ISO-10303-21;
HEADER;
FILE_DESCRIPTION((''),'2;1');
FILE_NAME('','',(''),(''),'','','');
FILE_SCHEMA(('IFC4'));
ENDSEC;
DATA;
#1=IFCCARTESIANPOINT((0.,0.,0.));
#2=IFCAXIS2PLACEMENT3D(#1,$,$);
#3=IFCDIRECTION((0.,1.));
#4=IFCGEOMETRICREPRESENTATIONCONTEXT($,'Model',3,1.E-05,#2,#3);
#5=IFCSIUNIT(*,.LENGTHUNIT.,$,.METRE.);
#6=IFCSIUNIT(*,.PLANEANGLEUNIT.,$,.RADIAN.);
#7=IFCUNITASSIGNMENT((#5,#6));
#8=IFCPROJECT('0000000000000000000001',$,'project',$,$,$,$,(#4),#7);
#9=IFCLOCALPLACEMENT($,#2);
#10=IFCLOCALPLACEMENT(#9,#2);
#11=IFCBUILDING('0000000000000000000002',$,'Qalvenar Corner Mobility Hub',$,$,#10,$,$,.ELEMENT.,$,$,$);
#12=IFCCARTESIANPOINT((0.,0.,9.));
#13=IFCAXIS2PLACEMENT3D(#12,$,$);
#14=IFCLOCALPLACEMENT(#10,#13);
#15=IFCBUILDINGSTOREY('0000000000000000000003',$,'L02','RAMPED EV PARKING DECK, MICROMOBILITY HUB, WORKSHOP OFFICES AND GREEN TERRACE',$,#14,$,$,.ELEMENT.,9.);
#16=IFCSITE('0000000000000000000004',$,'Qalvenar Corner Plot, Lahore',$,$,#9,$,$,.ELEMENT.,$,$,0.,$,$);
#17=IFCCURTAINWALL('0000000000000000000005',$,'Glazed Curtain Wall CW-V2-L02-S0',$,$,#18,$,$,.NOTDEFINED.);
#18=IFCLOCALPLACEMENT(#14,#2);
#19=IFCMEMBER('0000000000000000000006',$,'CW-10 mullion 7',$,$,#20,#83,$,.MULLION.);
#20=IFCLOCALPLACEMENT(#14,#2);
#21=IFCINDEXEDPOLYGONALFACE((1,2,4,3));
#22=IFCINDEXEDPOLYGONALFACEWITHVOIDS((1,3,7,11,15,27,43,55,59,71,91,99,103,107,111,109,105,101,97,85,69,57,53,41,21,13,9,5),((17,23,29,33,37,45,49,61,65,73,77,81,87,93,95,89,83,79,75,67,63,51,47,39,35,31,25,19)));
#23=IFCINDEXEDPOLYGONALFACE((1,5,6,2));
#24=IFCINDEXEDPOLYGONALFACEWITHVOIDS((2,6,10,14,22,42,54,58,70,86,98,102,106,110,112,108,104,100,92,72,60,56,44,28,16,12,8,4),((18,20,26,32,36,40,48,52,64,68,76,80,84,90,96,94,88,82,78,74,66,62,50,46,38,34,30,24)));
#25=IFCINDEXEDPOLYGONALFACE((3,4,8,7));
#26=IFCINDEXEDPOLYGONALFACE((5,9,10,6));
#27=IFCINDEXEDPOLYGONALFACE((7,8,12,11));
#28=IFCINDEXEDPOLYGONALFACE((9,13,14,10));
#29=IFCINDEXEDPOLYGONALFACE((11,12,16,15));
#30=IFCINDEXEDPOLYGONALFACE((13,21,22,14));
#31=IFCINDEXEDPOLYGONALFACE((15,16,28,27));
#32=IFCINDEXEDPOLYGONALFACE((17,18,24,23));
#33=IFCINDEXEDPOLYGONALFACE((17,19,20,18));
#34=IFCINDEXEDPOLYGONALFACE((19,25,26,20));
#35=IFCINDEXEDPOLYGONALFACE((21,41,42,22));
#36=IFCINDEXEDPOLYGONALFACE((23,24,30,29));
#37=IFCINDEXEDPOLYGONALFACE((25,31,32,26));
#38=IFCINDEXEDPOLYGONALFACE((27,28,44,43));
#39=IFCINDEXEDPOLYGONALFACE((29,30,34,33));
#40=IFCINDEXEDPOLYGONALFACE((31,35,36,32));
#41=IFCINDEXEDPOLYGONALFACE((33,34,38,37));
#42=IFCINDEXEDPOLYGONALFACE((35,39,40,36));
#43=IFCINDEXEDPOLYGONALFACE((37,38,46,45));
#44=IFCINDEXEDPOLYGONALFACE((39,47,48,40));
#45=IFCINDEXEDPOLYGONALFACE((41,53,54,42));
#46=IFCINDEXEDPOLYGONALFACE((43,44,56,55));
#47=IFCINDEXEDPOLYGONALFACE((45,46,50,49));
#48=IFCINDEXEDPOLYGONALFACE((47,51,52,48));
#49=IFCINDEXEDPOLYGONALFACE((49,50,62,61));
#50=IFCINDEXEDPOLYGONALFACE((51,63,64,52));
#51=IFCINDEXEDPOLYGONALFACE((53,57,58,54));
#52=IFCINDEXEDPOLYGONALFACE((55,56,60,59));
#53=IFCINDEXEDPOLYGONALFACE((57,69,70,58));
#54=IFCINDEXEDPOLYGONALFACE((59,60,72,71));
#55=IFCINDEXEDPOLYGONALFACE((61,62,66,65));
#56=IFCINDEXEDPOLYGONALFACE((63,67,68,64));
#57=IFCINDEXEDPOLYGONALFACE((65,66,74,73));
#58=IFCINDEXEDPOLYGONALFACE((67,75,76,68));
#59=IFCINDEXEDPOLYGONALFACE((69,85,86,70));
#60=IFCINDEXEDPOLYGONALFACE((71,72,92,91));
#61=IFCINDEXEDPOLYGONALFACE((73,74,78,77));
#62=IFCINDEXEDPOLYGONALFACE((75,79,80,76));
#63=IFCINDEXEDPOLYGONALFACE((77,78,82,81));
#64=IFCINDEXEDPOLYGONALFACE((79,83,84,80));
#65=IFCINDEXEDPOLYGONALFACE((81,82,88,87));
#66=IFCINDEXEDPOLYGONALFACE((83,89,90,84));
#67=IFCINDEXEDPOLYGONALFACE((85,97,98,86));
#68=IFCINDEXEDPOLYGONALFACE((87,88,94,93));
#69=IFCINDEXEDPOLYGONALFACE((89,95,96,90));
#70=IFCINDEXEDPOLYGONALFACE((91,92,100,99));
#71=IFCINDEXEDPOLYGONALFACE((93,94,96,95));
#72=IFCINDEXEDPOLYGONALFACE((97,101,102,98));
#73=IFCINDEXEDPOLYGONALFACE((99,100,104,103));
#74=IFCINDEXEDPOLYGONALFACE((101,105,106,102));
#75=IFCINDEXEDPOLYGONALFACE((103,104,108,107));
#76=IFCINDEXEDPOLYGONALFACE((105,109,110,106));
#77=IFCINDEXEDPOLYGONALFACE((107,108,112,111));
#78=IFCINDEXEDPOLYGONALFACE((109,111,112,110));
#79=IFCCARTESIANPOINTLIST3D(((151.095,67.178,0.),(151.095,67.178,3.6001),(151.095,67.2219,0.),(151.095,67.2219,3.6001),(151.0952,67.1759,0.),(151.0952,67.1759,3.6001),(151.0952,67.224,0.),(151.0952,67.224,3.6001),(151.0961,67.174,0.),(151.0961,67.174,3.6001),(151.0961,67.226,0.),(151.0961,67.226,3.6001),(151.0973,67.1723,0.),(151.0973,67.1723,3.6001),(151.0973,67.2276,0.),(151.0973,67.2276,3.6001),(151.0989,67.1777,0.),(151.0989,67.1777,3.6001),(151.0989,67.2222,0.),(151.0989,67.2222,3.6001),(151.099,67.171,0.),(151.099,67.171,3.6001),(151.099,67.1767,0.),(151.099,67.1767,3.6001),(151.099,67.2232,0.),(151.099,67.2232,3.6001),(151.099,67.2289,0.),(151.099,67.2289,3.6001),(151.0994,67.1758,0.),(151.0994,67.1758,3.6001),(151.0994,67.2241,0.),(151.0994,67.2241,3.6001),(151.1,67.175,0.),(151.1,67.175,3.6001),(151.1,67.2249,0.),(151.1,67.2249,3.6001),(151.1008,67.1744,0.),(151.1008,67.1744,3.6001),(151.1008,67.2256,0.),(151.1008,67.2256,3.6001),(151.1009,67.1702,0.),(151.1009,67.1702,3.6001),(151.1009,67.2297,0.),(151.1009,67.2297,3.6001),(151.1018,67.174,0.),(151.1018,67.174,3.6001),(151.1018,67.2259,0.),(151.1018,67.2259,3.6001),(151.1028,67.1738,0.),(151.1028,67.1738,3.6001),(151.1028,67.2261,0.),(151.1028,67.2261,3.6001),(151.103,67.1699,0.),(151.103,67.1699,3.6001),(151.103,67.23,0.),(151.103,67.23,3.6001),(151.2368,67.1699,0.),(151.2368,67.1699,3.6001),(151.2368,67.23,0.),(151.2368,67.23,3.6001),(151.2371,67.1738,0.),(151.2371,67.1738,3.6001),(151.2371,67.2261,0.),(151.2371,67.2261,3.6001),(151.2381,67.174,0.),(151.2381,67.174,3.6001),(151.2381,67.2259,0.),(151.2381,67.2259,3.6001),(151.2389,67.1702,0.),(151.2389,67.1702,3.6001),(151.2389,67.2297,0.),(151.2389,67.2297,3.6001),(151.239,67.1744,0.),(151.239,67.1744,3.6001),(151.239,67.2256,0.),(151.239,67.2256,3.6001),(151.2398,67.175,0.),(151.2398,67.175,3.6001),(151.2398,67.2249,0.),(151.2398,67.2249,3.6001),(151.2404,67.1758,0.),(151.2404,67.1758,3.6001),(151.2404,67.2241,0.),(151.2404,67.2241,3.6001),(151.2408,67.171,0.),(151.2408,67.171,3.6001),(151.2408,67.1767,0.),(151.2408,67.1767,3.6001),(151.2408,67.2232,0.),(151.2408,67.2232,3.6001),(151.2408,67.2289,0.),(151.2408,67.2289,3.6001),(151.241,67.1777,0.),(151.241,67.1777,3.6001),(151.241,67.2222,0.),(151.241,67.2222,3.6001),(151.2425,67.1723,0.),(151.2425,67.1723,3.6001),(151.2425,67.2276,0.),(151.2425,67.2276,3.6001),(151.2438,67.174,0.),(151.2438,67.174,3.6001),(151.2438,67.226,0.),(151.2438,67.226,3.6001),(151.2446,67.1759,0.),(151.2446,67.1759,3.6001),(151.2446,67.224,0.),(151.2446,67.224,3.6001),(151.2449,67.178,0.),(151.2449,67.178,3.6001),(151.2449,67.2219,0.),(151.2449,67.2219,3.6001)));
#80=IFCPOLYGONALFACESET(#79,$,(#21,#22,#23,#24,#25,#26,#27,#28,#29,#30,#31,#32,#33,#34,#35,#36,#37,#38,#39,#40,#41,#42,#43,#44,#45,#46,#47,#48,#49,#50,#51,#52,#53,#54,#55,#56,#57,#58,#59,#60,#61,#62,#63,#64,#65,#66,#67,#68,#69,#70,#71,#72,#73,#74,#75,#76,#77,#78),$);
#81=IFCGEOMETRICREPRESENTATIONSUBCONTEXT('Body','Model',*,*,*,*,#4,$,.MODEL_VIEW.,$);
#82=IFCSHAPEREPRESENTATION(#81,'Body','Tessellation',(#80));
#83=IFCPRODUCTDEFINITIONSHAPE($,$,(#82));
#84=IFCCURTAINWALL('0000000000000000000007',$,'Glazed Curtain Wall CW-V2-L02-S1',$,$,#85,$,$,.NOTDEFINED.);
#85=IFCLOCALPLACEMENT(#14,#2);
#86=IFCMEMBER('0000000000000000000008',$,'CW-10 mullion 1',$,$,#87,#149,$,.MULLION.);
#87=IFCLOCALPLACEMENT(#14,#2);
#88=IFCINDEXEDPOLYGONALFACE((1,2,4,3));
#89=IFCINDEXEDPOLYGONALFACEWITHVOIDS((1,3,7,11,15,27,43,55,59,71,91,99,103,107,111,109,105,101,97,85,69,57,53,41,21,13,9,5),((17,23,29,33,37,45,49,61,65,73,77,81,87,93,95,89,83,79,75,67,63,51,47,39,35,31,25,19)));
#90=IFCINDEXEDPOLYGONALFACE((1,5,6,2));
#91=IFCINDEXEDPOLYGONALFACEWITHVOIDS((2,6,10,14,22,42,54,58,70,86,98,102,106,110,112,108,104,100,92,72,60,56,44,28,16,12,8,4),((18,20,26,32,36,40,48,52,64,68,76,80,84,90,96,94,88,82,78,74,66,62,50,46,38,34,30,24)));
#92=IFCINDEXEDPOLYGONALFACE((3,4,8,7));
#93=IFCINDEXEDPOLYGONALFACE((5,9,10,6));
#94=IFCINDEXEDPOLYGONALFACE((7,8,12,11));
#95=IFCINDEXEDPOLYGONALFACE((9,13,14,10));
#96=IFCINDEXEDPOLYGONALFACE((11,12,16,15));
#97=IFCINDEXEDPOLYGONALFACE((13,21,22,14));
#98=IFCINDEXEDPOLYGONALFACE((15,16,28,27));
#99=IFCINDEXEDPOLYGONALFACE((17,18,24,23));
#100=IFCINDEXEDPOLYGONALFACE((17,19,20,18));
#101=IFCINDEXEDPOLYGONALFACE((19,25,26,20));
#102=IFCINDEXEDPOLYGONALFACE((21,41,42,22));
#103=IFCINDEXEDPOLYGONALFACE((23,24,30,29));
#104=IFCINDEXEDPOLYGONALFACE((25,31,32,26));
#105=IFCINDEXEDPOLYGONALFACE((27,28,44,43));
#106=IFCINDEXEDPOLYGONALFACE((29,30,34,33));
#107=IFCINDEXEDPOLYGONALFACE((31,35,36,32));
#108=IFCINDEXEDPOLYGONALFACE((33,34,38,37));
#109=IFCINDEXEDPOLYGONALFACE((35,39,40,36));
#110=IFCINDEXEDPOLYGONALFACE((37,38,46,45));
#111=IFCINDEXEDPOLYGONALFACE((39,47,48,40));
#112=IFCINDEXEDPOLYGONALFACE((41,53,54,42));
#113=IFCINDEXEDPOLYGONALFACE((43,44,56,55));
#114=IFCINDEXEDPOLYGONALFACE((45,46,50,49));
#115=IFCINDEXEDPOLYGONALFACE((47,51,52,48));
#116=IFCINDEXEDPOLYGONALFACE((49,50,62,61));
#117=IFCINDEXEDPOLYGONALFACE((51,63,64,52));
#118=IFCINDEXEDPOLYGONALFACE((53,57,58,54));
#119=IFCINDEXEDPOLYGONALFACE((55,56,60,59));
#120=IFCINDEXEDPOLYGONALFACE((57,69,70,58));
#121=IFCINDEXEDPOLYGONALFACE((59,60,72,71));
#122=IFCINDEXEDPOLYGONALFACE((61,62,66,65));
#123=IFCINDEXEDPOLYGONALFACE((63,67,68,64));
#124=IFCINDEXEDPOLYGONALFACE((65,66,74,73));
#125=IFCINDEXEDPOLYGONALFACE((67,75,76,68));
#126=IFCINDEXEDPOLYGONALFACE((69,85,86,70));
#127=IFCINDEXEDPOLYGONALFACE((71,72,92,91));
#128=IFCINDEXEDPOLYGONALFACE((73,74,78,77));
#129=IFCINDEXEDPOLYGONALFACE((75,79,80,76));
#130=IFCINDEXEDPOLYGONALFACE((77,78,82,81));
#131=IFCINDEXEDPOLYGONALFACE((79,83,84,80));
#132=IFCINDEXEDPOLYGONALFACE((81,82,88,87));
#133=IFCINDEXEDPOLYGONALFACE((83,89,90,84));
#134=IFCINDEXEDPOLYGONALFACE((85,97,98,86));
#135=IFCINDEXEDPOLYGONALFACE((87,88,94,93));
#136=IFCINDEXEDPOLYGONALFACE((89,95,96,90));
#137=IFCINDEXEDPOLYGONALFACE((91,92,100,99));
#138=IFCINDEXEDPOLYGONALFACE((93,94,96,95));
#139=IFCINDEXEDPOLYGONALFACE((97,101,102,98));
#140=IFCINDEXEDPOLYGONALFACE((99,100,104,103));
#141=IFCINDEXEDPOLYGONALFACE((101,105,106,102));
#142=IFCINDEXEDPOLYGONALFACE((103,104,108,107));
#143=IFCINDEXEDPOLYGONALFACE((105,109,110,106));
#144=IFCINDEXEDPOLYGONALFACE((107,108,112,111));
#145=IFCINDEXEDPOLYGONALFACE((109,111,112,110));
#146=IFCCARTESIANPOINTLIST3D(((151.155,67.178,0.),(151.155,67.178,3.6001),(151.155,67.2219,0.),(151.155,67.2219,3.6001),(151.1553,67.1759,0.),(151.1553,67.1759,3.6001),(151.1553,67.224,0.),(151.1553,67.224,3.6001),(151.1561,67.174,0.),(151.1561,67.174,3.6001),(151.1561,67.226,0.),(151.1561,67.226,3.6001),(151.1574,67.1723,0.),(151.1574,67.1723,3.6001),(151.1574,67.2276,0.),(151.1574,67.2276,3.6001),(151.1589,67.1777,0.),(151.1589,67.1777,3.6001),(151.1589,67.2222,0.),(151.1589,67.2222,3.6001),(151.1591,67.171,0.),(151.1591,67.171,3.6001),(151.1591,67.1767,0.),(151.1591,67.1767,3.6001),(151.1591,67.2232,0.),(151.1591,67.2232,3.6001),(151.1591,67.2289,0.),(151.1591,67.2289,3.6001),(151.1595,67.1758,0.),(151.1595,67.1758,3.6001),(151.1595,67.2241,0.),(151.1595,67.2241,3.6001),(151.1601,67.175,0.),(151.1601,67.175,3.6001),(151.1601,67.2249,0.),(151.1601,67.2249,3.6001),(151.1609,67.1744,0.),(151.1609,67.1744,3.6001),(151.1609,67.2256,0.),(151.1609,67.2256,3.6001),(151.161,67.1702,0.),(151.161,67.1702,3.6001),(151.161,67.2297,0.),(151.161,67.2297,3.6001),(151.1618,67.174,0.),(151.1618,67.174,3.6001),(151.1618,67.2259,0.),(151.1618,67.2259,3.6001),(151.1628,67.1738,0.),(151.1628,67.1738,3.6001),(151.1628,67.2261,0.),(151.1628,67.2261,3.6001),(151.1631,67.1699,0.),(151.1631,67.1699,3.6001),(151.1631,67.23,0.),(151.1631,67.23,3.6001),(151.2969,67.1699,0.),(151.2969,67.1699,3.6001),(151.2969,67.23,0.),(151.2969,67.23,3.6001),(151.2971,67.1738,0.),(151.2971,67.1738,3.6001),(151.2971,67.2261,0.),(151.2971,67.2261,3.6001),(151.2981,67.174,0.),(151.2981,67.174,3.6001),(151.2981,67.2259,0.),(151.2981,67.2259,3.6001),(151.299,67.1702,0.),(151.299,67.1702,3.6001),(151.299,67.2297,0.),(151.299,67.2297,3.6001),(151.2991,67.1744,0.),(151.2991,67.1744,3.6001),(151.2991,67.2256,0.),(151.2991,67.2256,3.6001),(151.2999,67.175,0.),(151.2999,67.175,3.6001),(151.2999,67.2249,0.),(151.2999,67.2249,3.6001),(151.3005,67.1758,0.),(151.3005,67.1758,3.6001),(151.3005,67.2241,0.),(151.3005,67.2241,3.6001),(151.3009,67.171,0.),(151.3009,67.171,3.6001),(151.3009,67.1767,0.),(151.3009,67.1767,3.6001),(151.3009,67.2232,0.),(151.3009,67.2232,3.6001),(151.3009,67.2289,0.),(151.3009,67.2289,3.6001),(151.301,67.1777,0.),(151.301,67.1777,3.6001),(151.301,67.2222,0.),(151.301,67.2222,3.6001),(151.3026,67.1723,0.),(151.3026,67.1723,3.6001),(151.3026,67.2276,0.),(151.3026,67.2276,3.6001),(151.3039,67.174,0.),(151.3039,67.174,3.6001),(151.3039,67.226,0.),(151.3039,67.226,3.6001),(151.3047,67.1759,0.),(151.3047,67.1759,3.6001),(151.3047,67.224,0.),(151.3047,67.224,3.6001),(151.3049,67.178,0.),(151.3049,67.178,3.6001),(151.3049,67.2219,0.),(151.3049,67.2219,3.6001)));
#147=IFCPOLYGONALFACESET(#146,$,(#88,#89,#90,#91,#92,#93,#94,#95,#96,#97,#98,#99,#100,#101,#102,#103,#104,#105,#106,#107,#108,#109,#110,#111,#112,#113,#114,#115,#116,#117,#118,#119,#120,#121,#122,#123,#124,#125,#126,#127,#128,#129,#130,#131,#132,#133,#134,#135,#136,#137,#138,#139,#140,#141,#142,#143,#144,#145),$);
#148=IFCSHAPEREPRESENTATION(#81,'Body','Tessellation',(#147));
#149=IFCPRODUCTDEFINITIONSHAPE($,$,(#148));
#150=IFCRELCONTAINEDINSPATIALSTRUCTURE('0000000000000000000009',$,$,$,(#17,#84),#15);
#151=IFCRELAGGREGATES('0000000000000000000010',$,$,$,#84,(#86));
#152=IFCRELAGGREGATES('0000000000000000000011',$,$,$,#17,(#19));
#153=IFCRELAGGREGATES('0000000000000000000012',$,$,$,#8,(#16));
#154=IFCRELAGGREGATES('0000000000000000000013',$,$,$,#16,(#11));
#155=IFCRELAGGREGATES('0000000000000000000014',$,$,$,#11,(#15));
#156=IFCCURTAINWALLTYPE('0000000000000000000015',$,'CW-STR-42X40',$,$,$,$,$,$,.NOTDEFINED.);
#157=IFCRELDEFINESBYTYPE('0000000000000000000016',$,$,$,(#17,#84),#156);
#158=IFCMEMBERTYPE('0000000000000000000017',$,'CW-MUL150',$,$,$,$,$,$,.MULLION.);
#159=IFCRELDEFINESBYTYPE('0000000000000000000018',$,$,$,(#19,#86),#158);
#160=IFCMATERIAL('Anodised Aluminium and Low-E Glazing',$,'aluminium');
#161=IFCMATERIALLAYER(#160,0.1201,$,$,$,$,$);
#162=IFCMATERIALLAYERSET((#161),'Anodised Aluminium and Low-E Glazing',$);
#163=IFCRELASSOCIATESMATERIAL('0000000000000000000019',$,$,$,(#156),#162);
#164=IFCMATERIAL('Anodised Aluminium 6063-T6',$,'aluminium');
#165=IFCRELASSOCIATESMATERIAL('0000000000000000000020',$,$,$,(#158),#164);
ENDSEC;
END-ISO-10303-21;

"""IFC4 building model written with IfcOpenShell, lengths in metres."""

from ifc_helpers import new_model, si_unit, direction, frame, origin, origin_2d, place, context, subcontext, project, spatial, hollow_rectangle, extrude, material, layer, layer_set, material_profile, profile_set, type_object, element, aggregate, save


model = new_model("IFC4")

# Units and contexts
model_context = context("Model", 3, precision=1e-05, world=origin(), true_north=direction((0.0, 1.0)))
body_context = subcontext(model_context, "Body", "Model", "MODEL_VIEW")
ifc_project = project(units=[si_unit("LENGTHUNIT", "METRE"), si_unit("PLANEANGLEUNIT", "RADIAN")], contexts=[model_context])

# Site, building, storey
site_placement = place(None, origin())
site = spatial("IfcSite", under=ifc_project, at=site_placement, Name="Qalvenar Corner Plot, Lahore", CompositionType="ELEMENT", RefElevation=0.0)
building_placement = place(site_placement, origin())
building = spatial("IfcBuilding", under=site, at=building_placement, Name="Qalvenar Corner Mobility Hub", CompositionType="ELEMENT")
storey_placement = place(building_placement, frame((0.0, 0.0, 9.0)))
storey = spatial("IfcBuildingStorey", under=building, at=storey_placement, Name="L02", Description="RAMPED EV PARKING DECK, MICROMOBILITY HUB, WORKSHOP OFFICES AND GREEN TERRACE", CompositionType="ELEMENT", Elevation=9.0)

# Curtain wall, member
ifc_material_1 = material(Name="Anodised Aluminium and Low-E Glazing", Category="aluminium")
ifc_layer_1 = layer(ifc_material_1, 0.1201)
ifc_layer_set_1 = layer_set([ifc_layer_1], Name="Anodised Aluminium and Low-E Glazing")
curtain_wall_type = type_object("IfcCurtainWallType", Name="CW-STR-42X40", PredefinedType="NOTDEFINED", material=ifc_layer_set_1)
curtain_wall_1_placement = place(storey_placement, origin())
curtain_wall_1 = element("IfcCurtainWall", 1, at=curtain_wall_1_placement, inside=storey, type_object=curtain_wall_type, Name="Glazed Curtain Wall CW-V2-L02-S0", PredefinedType="NOTDEFINED")
ifc_material_2 = material(Name="Anodised Aluminium 6063-T6", Category="aluminium")
ifc_material_profile_1 = material_profile(ifc_material_2, hollow_rectangle(XDim=0.0601, YDim=0.1499, WallThickness=0.0039, InnerFilletRadius=0.0039, OuterFilletRadius=0.0081, at=origin_2d()), Name="RHS150x60x4")
ifc_profile_set_1 = profile_set([ifc_material_profile_1], Name="Anodised Aluminium 6063-T6")
member_type_1 = type_object("IfcMemberType", Name="CW-MUL150", PredefinedType="MULLION", material=ifc_profile_set_1)
member_1_placement = place(storey_placement, frame((151.1699, 67.2, 0.0), z_axis=(0.0, 0.0, 1.0), x_axis=(0.0, 1.0, 0.0)))
member_1 = element("IfcMember", 2, at=member_1_placement, type_object=member_type_1, Name="CW-10 mullion 7", PredefinedType="MULLION", context=body_context, shape_type="SweptSolid", body=[
    extrude(hollow_rectangle(XDim=0.0601, YDim=0.1499, WallThickness=0.0039, InnerFilletRadius=0.0039, OuterFilletRadius=0.0081, at=origin_2d()), origin(), (0.0, 0.0, 1.0), 3.6001),
])

# Curtain wall, member
curtain_wall_2_placement = place(storey_placement, origin())
curtain_wall_2 = element("IfcCurtainWall", 3, at=curtain_wall_2_placement, inside=storey, type_object=curtain_wall_type, Name="Glazed Curtain Wall CW-V2-L02-S1", PredefinedType="NOTDEFINED")
member_2_placement = place(storey_placement, frame((151.23, 67.2, 0.0), z_axis=(0.0, 0.0, 1.0), x_axis=(0.0, 1.0, 0.0)))
member_2 = element("IfcMember", 4, at=member_2_placement, type_object=member_type_1, Name="CW-10 mullion 1", PredefinedType="MULLION", context=body_context, shape_type="SweptSolid", body=[
    extrude(hollow_rectangle(XDim=0.0601, YDim=0.1499, WallThickness=0.0039, InnerFilletRadius=0.0039, OuterFilletRadius=0.0081, at=origin_2d()), origin(), (0.0, 0.0, 1.0), 3.6001),
])
aggregate(curtain_wall_2, [member_2])

aggregate(curtain_wall_1, [member_1])

save(model, "model.ifc")
